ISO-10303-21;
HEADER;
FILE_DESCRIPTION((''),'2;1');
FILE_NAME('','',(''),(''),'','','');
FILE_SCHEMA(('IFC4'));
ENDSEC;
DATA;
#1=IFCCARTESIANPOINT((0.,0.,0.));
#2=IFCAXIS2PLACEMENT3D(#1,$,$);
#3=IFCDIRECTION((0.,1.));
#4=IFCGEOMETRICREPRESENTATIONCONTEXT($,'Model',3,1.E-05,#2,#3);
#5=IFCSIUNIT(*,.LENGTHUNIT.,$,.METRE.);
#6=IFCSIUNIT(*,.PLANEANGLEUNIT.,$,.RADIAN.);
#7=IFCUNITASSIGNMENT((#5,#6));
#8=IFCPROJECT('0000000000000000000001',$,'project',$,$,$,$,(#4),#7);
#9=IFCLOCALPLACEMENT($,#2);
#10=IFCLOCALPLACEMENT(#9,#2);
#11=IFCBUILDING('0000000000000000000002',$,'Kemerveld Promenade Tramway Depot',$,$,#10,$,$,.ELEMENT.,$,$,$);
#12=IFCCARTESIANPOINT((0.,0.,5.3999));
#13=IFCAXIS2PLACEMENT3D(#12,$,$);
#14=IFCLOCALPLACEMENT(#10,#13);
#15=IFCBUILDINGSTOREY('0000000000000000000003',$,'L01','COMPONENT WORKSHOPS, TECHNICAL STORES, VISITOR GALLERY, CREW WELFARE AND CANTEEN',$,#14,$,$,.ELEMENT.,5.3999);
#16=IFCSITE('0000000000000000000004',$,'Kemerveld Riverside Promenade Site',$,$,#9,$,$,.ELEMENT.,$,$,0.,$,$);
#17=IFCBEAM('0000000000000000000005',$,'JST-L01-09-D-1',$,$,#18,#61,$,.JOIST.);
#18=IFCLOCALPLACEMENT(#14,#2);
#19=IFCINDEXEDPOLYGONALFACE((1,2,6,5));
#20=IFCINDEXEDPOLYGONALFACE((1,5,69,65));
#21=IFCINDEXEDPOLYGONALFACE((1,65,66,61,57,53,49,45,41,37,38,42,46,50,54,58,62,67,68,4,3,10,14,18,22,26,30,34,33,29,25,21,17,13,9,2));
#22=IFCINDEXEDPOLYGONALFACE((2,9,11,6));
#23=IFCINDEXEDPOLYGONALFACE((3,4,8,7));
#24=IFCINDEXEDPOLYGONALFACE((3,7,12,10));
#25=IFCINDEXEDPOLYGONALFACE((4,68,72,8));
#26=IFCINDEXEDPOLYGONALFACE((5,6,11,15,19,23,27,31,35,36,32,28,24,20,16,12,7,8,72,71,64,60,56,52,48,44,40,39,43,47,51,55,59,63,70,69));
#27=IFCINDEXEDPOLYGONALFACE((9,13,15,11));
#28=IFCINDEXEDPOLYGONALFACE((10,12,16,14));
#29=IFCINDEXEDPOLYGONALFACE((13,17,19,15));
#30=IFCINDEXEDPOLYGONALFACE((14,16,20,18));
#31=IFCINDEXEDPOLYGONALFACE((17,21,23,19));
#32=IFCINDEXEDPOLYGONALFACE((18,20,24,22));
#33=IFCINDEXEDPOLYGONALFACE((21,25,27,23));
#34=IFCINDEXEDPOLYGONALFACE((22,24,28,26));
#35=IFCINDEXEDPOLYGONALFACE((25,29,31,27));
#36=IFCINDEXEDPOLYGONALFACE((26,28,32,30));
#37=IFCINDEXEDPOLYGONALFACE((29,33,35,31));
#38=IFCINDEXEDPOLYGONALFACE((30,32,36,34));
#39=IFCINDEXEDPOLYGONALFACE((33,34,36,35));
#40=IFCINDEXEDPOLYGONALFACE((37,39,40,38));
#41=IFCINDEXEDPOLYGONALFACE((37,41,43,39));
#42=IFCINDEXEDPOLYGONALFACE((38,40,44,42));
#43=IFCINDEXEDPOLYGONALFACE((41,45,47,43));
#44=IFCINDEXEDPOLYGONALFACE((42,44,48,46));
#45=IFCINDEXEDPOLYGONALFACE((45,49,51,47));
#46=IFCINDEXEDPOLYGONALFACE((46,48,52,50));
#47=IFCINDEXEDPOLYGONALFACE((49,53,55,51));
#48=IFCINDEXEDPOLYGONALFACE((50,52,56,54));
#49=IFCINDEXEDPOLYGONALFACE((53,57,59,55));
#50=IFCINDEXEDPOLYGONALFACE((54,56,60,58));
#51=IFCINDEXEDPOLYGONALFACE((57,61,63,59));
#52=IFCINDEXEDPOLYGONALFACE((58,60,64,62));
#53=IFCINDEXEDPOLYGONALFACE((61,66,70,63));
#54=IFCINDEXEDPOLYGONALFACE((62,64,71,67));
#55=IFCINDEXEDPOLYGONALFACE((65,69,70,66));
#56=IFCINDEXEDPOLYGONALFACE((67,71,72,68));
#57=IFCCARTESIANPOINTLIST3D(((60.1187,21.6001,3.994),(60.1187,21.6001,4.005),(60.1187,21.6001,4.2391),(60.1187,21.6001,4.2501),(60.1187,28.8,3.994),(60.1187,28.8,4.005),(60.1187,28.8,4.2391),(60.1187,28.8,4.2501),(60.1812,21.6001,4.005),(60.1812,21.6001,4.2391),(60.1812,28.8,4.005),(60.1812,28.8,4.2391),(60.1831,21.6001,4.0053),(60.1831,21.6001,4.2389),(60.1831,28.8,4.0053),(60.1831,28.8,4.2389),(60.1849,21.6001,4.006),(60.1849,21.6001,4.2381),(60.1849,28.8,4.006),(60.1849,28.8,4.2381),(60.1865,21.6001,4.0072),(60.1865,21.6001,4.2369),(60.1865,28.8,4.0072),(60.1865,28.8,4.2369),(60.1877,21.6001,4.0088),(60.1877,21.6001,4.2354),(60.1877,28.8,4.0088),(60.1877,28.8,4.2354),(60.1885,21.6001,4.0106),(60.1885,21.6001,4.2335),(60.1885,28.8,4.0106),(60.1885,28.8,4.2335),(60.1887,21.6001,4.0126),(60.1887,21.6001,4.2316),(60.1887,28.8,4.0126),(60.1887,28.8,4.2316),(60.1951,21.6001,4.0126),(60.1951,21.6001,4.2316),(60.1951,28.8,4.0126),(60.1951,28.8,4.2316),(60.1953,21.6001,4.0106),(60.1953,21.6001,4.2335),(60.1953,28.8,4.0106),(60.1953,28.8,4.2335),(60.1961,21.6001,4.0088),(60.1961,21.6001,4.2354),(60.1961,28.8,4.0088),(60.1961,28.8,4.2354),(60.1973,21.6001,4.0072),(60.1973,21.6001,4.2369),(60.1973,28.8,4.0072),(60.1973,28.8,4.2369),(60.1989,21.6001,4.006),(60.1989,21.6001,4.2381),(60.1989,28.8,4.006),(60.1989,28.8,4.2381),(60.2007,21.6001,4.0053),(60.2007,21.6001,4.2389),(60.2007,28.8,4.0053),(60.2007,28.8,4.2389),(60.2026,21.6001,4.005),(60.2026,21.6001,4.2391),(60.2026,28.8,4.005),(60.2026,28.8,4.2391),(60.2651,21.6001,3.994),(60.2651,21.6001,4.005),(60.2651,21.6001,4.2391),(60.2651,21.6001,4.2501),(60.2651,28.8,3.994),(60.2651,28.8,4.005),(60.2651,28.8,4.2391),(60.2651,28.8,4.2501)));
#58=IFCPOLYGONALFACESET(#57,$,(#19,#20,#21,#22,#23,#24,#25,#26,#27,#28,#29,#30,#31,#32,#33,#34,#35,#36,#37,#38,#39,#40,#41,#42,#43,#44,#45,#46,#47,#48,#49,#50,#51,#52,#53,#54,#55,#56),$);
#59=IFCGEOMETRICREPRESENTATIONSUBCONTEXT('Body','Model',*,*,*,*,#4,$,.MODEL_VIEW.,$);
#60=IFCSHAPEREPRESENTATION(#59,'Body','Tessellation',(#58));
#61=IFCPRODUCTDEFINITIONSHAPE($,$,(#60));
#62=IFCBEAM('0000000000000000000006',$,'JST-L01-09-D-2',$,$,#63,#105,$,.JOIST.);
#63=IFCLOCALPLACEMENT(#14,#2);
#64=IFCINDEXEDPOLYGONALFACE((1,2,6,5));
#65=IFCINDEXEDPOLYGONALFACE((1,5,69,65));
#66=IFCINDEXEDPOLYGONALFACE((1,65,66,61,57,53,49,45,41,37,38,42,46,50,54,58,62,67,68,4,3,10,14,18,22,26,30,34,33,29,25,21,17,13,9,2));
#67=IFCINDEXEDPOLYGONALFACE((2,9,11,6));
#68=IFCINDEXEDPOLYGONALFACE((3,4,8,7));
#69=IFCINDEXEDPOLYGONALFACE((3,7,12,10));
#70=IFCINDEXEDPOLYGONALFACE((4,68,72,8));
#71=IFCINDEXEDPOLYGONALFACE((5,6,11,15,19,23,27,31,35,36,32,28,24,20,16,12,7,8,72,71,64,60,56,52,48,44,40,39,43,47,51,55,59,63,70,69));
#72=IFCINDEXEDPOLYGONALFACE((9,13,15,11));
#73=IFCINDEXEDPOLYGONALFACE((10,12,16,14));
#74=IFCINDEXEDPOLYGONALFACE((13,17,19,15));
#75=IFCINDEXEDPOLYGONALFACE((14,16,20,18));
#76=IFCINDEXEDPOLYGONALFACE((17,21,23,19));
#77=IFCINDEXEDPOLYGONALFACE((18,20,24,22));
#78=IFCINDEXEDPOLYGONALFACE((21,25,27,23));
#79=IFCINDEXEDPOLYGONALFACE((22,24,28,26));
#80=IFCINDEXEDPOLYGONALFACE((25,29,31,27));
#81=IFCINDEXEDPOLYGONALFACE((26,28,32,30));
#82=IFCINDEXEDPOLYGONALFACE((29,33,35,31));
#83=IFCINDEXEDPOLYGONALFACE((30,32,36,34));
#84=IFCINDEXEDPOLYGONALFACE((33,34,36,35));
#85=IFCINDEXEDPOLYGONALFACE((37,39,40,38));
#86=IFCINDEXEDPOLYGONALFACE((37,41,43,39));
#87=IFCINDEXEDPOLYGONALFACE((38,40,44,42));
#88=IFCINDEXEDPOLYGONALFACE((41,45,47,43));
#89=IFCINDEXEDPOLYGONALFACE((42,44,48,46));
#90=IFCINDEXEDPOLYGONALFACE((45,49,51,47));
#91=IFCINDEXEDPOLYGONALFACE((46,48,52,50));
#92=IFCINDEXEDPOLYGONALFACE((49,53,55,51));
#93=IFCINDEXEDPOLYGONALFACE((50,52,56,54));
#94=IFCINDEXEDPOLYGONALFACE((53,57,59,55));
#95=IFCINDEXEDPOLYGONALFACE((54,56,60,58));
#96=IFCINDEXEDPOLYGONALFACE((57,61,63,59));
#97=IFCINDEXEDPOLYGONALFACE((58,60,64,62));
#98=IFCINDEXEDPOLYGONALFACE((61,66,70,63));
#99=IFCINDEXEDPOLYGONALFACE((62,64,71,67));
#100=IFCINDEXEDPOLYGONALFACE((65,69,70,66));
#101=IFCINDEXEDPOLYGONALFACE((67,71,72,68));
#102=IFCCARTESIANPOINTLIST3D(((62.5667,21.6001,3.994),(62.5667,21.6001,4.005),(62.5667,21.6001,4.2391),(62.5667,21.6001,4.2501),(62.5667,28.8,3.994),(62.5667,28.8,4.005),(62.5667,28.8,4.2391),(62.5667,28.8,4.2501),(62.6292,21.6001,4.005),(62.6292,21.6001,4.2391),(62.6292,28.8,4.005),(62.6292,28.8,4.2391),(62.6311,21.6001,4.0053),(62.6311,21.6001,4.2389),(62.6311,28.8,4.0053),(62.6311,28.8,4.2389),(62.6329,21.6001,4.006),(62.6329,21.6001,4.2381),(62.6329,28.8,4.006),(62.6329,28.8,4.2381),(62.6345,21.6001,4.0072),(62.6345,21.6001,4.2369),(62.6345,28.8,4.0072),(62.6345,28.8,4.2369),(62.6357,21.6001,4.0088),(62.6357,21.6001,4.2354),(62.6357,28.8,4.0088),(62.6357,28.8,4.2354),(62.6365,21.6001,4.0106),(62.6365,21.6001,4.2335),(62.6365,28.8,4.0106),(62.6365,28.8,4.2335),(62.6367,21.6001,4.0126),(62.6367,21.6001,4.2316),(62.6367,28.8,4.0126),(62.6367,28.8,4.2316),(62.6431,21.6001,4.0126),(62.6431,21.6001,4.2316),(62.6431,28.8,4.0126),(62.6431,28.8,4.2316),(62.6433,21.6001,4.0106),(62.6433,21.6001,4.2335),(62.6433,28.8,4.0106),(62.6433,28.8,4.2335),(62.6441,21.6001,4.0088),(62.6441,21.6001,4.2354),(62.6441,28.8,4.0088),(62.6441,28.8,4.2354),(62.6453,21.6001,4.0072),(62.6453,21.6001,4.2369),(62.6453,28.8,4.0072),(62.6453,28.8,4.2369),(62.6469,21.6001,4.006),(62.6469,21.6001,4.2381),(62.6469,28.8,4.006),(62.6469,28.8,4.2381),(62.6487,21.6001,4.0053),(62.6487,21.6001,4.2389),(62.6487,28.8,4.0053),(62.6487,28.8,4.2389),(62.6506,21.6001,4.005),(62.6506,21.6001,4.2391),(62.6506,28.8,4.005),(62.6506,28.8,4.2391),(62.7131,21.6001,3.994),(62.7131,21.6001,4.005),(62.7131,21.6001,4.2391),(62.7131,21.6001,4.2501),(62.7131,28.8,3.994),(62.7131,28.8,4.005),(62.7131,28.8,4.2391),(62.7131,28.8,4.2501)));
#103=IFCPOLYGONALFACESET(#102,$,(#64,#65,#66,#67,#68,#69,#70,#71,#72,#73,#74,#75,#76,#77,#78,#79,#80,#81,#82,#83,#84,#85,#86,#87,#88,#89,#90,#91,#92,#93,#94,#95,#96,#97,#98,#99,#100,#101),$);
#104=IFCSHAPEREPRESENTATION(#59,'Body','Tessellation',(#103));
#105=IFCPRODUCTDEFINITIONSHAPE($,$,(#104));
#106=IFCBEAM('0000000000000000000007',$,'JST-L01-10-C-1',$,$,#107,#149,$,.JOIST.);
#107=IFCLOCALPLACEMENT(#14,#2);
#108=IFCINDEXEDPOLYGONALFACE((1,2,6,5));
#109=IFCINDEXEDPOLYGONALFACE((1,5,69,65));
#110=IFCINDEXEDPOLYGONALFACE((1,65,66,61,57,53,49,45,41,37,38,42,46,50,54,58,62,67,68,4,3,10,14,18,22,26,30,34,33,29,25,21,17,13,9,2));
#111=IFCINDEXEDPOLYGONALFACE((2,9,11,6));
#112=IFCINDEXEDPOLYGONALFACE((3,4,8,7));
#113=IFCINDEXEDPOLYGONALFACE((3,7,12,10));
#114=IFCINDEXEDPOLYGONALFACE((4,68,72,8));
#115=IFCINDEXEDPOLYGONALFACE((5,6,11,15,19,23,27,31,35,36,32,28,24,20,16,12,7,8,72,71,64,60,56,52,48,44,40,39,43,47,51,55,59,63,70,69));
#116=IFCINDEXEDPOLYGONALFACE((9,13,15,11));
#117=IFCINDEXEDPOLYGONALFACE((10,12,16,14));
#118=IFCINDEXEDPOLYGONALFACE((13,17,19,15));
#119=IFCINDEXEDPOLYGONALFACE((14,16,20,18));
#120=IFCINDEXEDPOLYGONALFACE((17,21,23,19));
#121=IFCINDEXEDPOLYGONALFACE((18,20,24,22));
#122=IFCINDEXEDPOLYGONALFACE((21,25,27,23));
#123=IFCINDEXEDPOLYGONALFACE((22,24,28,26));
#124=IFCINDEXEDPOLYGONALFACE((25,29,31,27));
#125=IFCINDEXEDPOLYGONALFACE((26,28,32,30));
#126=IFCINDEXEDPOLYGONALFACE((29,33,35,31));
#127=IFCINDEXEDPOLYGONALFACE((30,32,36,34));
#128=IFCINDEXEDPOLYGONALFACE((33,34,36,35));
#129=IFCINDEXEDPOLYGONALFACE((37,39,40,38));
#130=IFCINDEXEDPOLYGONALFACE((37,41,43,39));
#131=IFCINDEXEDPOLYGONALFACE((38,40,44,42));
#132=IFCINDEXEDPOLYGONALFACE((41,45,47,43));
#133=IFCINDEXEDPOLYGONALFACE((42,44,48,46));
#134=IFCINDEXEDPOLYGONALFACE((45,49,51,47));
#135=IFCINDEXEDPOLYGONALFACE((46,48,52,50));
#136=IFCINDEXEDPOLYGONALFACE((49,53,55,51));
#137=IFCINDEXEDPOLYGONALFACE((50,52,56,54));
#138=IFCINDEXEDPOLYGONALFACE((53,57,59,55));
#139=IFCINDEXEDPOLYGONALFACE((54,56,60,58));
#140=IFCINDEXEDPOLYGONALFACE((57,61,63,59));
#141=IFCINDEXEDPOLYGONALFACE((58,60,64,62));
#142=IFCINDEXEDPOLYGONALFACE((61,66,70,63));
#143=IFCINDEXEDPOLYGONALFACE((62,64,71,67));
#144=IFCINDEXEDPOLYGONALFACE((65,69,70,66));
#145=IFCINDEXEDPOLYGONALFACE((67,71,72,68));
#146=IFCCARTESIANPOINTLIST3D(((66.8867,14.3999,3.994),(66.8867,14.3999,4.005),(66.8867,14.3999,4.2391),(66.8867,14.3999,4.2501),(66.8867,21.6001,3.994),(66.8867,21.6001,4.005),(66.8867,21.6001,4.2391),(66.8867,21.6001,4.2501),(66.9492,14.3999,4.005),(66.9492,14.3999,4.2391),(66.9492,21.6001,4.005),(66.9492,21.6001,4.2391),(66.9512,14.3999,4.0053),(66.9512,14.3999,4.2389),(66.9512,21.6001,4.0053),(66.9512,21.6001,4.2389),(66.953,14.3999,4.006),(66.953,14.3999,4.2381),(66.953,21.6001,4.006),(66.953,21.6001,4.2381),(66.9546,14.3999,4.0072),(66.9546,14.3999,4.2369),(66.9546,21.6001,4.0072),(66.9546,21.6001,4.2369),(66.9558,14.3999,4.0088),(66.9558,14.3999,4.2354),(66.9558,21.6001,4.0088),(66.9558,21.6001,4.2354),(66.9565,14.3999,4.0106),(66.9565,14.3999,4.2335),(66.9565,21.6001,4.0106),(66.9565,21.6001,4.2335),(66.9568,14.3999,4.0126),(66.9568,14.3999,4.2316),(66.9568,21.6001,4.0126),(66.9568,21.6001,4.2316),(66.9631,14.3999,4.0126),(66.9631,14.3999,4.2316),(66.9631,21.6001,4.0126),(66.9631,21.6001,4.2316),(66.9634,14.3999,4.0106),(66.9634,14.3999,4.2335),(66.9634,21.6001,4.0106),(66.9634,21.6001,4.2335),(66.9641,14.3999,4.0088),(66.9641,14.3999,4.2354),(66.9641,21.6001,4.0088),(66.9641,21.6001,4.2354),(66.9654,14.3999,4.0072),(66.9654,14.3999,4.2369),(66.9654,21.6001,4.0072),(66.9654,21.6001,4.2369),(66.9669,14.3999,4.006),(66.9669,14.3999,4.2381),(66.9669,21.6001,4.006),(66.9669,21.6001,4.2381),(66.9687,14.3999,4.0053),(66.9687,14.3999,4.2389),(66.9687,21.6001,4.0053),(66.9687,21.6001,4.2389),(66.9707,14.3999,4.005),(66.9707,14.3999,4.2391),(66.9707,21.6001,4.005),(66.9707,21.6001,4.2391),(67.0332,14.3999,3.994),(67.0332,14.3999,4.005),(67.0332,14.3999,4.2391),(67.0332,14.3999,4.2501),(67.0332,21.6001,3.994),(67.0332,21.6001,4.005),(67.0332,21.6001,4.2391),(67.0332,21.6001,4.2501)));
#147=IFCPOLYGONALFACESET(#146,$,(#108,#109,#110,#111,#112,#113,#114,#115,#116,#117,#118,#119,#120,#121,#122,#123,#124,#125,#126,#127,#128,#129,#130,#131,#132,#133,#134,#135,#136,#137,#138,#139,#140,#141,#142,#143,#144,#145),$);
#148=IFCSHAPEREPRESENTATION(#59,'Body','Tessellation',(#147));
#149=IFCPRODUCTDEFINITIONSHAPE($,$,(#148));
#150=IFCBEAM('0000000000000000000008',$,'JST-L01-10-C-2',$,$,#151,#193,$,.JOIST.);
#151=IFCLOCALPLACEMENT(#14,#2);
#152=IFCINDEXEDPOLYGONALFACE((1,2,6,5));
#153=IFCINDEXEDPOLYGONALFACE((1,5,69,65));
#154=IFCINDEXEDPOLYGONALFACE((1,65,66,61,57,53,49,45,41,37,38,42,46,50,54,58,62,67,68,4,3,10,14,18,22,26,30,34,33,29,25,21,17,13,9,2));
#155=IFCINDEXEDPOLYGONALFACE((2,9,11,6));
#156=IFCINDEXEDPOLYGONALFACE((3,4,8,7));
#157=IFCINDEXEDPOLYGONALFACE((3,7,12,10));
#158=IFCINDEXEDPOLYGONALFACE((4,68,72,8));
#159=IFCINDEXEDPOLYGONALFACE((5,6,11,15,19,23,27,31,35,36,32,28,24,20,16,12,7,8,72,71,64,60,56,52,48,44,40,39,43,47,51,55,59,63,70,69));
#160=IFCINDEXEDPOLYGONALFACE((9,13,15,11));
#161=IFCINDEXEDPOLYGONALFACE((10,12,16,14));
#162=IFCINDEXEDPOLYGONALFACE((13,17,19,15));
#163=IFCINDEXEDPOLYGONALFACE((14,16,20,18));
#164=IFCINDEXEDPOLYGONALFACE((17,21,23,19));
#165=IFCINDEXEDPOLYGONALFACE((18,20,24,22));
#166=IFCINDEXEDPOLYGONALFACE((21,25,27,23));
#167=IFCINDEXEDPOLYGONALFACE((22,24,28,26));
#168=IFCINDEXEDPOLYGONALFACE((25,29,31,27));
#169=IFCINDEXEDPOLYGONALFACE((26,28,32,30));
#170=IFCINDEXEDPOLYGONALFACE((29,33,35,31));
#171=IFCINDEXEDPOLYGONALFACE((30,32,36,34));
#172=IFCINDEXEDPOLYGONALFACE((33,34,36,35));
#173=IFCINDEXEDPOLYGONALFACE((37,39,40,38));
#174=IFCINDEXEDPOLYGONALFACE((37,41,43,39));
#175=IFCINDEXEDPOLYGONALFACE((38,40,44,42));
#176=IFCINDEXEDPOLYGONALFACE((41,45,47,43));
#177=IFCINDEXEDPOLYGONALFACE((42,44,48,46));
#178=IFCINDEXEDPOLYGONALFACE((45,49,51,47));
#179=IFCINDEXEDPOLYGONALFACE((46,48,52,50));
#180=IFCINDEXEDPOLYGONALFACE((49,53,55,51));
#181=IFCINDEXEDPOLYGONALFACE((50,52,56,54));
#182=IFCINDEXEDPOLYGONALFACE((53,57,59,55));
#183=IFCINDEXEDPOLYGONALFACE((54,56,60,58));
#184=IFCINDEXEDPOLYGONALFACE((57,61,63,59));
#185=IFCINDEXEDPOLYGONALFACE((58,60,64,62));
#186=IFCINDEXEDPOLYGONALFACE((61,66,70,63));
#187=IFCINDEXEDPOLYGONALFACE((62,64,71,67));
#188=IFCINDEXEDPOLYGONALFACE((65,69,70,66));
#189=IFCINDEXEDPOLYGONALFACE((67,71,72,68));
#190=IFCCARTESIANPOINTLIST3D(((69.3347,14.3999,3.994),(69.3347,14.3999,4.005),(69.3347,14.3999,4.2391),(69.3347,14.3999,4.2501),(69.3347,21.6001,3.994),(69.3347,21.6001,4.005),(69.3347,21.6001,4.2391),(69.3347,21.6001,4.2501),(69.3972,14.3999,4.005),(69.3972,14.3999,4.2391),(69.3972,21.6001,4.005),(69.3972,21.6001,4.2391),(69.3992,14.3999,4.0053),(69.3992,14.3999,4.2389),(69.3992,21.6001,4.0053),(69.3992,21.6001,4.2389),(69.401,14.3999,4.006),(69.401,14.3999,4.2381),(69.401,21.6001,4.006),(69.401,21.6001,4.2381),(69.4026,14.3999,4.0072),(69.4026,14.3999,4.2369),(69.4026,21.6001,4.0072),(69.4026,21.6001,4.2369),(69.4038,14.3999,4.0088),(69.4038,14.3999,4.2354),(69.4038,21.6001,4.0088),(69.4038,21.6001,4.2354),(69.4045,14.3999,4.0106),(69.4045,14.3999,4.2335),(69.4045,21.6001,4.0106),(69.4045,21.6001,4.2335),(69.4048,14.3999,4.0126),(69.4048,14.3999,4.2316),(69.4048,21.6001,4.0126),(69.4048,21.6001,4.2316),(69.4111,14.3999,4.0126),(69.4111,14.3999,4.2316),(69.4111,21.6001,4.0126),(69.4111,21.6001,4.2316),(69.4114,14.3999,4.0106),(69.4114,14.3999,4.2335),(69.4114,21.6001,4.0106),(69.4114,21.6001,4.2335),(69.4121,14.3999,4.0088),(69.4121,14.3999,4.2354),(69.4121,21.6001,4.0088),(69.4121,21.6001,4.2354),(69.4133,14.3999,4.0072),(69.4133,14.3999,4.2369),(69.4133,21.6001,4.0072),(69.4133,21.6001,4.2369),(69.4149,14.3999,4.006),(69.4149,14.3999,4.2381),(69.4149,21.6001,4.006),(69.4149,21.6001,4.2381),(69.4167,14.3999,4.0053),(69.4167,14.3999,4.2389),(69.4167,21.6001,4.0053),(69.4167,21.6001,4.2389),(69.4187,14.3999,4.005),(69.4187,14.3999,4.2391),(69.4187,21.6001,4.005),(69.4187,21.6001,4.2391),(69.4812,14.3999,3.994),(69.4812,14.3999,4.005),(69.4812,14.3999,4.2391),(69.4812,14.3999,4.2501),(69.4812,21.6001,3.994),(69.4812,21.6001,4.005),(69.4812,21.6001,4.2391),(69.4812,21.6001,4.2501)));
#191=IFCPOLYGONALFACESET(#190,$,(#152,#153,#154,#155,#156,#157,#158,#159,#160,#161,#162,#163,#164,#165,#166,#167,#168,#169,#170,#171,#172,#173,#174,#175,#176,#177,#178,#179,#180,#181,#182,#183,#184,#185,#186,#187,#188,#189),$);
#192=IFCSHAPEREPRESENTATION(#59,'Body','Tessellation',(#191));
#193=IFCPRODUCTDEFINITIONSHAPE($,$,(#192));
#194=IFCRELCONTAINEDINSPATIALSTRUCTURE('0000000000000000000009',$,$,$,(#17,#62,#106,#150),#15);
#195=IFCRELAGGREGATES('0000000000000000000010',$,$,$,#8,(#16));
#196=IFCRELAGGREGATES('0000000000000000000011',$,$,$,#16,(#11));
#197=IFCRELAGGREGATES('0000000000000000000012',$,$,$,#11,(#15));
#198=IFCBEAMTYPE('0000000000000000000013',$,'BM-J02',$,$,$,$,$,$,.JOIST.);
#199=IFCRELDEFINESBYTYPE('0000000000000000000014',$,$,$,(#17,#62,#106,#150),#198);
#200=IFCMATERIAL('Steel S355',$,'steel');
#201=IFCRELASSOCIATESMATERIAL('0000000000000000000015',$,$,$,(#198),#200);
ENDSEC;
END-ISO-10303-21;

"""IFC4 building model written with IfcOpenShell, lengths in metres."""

from ifc_helpers import new_model, si_unit, direction, frame, origin, origin_2d, place, context, subcontext, project, spatial, i_section, extrude, material, material_profile, profile_set, type_object, element, save


model = new_model("IFC4")

# Units and contexts
model_context = context("Model", 3, precision=1e-05, world=origin(), true_north=direction((0.0, 1.0)))
body_context = subcontext(model_context, "Body", "Model", "MODEL_VIEW")
ifc_project = project(units=[si_unit("LENGTHUNIT", "METRE"), si_unit("PLANEANGLEUNIT", "RADIAN")], contexts=[model_context])

# Site, building, storey
site_placement = place(None, origin())
site = spatial("IfcSite", under=ifc_project, at=site_placement, Name="Kemerveld Riverside Promenade Site", CompositionType="ELEMENT", RefElevation=0.0)
building_placement = place(site_placement, origin())
building = spatial("IfcBuilding", under=site, at=building_placement, Name="Kemerveld Promenade Tramway Depot", CompositionType="ELEMENT")
storey_placement = place(building_placement, frame((0.0, 0.0, 5.3999)))
storey = spatial("IfcBuildingStorey", under=building, at=storey_placement, Name="L01", Description="COMPONENT WORKSHOPS, TECHNICAL STORES, VISITOR GALLERY, CREW WELFARE AND CANTEEN", CompositionType="ELEMENT", Elevation=5.3999)

# Shared definitions
ifc_material_1 = material(Name="Steel S355", Category="steel")

# Beams
ifc_material_profile_1 = material_profile(ifc_material_1, i_section(OverallWidth=0.1465, OverallDepth=0.2561, WebThickness=0.0063, FlangeThickness=0.011, FilletRadius=0.0076, at=origin_2d()), Name="254x146x37 UB")
ifc_profile_set_1 = profile_set([ifc_material_profile_1], Name="Steel S355")
beam_type_1 = type_object("IfcBeamType", Name="BM-J02", PredefinedType="JOIST", material=ifc_profile_set_1)
for number, where, z_axis, x_axis, name in (
    (1, (60.1919, 21.6001, 4.1221), (0.0, 1.0, 0.0), (-1.0, 0.0, 0.0), "JST-L01-09-D-1"),
    (2, (62.6399, 21.6001, 4.1221), (0.0, 1.0, 0.0), (-1.0, 0.0, 0.0), "JST-L01-09-D-2"),
):
    element("IfcBeam", number, at=place(storey_placement, frame(where, z_axis=z_axis, x_axis=x_axis)), inside=storey, type_object=beam_type_1, Name=name, PredefinedType="JOIST", context=body_context, shape_type="SweptSolid", body=[
        extrude(i_section(OverallWidth=0.1465, OverallDepth=0.2561, WebThickness=0.0063, FlangeThickness=0.011, FilletRadius=0.0076, at=origin_2d()), origin(), (0.0, 0.0, 1.0), 7.2),
    ])
for number, where, z_axis, x_axis, name in (
    (3, (66.96, 14.3999, 4.1221), (0.0, 1.0, 0.0), (-1.0, 0.0, 0.0), "JST-L01-10-C-1"),
    (4, (69.408, 14.3999, 4.1221), (0.0, 1.0, 0.0), (-1.0, 0.0, 0.0), "JST-L01-10-C-2"),
):
    element("IfcBeam", number, at=place(storey_placement, frame(where, z_axis=z_axis, x_axis=x_axis)), inside=storey, type_object=beam_type_1, Name=name, PredefinedType="JOIST", context=body_context, shape_type="SweptSolid", body=[
        extrude(i_section(OverallWidth=0.1465, OverallDepth=0.2561, WebThickness=0.0063, FlangeThickness=0.011, FilletRadius=0.0076, at=origin_2d()), origin(), (0.0, 0.0, 1.0), 7.2002),
    ])

save(model, "model.ifc")
